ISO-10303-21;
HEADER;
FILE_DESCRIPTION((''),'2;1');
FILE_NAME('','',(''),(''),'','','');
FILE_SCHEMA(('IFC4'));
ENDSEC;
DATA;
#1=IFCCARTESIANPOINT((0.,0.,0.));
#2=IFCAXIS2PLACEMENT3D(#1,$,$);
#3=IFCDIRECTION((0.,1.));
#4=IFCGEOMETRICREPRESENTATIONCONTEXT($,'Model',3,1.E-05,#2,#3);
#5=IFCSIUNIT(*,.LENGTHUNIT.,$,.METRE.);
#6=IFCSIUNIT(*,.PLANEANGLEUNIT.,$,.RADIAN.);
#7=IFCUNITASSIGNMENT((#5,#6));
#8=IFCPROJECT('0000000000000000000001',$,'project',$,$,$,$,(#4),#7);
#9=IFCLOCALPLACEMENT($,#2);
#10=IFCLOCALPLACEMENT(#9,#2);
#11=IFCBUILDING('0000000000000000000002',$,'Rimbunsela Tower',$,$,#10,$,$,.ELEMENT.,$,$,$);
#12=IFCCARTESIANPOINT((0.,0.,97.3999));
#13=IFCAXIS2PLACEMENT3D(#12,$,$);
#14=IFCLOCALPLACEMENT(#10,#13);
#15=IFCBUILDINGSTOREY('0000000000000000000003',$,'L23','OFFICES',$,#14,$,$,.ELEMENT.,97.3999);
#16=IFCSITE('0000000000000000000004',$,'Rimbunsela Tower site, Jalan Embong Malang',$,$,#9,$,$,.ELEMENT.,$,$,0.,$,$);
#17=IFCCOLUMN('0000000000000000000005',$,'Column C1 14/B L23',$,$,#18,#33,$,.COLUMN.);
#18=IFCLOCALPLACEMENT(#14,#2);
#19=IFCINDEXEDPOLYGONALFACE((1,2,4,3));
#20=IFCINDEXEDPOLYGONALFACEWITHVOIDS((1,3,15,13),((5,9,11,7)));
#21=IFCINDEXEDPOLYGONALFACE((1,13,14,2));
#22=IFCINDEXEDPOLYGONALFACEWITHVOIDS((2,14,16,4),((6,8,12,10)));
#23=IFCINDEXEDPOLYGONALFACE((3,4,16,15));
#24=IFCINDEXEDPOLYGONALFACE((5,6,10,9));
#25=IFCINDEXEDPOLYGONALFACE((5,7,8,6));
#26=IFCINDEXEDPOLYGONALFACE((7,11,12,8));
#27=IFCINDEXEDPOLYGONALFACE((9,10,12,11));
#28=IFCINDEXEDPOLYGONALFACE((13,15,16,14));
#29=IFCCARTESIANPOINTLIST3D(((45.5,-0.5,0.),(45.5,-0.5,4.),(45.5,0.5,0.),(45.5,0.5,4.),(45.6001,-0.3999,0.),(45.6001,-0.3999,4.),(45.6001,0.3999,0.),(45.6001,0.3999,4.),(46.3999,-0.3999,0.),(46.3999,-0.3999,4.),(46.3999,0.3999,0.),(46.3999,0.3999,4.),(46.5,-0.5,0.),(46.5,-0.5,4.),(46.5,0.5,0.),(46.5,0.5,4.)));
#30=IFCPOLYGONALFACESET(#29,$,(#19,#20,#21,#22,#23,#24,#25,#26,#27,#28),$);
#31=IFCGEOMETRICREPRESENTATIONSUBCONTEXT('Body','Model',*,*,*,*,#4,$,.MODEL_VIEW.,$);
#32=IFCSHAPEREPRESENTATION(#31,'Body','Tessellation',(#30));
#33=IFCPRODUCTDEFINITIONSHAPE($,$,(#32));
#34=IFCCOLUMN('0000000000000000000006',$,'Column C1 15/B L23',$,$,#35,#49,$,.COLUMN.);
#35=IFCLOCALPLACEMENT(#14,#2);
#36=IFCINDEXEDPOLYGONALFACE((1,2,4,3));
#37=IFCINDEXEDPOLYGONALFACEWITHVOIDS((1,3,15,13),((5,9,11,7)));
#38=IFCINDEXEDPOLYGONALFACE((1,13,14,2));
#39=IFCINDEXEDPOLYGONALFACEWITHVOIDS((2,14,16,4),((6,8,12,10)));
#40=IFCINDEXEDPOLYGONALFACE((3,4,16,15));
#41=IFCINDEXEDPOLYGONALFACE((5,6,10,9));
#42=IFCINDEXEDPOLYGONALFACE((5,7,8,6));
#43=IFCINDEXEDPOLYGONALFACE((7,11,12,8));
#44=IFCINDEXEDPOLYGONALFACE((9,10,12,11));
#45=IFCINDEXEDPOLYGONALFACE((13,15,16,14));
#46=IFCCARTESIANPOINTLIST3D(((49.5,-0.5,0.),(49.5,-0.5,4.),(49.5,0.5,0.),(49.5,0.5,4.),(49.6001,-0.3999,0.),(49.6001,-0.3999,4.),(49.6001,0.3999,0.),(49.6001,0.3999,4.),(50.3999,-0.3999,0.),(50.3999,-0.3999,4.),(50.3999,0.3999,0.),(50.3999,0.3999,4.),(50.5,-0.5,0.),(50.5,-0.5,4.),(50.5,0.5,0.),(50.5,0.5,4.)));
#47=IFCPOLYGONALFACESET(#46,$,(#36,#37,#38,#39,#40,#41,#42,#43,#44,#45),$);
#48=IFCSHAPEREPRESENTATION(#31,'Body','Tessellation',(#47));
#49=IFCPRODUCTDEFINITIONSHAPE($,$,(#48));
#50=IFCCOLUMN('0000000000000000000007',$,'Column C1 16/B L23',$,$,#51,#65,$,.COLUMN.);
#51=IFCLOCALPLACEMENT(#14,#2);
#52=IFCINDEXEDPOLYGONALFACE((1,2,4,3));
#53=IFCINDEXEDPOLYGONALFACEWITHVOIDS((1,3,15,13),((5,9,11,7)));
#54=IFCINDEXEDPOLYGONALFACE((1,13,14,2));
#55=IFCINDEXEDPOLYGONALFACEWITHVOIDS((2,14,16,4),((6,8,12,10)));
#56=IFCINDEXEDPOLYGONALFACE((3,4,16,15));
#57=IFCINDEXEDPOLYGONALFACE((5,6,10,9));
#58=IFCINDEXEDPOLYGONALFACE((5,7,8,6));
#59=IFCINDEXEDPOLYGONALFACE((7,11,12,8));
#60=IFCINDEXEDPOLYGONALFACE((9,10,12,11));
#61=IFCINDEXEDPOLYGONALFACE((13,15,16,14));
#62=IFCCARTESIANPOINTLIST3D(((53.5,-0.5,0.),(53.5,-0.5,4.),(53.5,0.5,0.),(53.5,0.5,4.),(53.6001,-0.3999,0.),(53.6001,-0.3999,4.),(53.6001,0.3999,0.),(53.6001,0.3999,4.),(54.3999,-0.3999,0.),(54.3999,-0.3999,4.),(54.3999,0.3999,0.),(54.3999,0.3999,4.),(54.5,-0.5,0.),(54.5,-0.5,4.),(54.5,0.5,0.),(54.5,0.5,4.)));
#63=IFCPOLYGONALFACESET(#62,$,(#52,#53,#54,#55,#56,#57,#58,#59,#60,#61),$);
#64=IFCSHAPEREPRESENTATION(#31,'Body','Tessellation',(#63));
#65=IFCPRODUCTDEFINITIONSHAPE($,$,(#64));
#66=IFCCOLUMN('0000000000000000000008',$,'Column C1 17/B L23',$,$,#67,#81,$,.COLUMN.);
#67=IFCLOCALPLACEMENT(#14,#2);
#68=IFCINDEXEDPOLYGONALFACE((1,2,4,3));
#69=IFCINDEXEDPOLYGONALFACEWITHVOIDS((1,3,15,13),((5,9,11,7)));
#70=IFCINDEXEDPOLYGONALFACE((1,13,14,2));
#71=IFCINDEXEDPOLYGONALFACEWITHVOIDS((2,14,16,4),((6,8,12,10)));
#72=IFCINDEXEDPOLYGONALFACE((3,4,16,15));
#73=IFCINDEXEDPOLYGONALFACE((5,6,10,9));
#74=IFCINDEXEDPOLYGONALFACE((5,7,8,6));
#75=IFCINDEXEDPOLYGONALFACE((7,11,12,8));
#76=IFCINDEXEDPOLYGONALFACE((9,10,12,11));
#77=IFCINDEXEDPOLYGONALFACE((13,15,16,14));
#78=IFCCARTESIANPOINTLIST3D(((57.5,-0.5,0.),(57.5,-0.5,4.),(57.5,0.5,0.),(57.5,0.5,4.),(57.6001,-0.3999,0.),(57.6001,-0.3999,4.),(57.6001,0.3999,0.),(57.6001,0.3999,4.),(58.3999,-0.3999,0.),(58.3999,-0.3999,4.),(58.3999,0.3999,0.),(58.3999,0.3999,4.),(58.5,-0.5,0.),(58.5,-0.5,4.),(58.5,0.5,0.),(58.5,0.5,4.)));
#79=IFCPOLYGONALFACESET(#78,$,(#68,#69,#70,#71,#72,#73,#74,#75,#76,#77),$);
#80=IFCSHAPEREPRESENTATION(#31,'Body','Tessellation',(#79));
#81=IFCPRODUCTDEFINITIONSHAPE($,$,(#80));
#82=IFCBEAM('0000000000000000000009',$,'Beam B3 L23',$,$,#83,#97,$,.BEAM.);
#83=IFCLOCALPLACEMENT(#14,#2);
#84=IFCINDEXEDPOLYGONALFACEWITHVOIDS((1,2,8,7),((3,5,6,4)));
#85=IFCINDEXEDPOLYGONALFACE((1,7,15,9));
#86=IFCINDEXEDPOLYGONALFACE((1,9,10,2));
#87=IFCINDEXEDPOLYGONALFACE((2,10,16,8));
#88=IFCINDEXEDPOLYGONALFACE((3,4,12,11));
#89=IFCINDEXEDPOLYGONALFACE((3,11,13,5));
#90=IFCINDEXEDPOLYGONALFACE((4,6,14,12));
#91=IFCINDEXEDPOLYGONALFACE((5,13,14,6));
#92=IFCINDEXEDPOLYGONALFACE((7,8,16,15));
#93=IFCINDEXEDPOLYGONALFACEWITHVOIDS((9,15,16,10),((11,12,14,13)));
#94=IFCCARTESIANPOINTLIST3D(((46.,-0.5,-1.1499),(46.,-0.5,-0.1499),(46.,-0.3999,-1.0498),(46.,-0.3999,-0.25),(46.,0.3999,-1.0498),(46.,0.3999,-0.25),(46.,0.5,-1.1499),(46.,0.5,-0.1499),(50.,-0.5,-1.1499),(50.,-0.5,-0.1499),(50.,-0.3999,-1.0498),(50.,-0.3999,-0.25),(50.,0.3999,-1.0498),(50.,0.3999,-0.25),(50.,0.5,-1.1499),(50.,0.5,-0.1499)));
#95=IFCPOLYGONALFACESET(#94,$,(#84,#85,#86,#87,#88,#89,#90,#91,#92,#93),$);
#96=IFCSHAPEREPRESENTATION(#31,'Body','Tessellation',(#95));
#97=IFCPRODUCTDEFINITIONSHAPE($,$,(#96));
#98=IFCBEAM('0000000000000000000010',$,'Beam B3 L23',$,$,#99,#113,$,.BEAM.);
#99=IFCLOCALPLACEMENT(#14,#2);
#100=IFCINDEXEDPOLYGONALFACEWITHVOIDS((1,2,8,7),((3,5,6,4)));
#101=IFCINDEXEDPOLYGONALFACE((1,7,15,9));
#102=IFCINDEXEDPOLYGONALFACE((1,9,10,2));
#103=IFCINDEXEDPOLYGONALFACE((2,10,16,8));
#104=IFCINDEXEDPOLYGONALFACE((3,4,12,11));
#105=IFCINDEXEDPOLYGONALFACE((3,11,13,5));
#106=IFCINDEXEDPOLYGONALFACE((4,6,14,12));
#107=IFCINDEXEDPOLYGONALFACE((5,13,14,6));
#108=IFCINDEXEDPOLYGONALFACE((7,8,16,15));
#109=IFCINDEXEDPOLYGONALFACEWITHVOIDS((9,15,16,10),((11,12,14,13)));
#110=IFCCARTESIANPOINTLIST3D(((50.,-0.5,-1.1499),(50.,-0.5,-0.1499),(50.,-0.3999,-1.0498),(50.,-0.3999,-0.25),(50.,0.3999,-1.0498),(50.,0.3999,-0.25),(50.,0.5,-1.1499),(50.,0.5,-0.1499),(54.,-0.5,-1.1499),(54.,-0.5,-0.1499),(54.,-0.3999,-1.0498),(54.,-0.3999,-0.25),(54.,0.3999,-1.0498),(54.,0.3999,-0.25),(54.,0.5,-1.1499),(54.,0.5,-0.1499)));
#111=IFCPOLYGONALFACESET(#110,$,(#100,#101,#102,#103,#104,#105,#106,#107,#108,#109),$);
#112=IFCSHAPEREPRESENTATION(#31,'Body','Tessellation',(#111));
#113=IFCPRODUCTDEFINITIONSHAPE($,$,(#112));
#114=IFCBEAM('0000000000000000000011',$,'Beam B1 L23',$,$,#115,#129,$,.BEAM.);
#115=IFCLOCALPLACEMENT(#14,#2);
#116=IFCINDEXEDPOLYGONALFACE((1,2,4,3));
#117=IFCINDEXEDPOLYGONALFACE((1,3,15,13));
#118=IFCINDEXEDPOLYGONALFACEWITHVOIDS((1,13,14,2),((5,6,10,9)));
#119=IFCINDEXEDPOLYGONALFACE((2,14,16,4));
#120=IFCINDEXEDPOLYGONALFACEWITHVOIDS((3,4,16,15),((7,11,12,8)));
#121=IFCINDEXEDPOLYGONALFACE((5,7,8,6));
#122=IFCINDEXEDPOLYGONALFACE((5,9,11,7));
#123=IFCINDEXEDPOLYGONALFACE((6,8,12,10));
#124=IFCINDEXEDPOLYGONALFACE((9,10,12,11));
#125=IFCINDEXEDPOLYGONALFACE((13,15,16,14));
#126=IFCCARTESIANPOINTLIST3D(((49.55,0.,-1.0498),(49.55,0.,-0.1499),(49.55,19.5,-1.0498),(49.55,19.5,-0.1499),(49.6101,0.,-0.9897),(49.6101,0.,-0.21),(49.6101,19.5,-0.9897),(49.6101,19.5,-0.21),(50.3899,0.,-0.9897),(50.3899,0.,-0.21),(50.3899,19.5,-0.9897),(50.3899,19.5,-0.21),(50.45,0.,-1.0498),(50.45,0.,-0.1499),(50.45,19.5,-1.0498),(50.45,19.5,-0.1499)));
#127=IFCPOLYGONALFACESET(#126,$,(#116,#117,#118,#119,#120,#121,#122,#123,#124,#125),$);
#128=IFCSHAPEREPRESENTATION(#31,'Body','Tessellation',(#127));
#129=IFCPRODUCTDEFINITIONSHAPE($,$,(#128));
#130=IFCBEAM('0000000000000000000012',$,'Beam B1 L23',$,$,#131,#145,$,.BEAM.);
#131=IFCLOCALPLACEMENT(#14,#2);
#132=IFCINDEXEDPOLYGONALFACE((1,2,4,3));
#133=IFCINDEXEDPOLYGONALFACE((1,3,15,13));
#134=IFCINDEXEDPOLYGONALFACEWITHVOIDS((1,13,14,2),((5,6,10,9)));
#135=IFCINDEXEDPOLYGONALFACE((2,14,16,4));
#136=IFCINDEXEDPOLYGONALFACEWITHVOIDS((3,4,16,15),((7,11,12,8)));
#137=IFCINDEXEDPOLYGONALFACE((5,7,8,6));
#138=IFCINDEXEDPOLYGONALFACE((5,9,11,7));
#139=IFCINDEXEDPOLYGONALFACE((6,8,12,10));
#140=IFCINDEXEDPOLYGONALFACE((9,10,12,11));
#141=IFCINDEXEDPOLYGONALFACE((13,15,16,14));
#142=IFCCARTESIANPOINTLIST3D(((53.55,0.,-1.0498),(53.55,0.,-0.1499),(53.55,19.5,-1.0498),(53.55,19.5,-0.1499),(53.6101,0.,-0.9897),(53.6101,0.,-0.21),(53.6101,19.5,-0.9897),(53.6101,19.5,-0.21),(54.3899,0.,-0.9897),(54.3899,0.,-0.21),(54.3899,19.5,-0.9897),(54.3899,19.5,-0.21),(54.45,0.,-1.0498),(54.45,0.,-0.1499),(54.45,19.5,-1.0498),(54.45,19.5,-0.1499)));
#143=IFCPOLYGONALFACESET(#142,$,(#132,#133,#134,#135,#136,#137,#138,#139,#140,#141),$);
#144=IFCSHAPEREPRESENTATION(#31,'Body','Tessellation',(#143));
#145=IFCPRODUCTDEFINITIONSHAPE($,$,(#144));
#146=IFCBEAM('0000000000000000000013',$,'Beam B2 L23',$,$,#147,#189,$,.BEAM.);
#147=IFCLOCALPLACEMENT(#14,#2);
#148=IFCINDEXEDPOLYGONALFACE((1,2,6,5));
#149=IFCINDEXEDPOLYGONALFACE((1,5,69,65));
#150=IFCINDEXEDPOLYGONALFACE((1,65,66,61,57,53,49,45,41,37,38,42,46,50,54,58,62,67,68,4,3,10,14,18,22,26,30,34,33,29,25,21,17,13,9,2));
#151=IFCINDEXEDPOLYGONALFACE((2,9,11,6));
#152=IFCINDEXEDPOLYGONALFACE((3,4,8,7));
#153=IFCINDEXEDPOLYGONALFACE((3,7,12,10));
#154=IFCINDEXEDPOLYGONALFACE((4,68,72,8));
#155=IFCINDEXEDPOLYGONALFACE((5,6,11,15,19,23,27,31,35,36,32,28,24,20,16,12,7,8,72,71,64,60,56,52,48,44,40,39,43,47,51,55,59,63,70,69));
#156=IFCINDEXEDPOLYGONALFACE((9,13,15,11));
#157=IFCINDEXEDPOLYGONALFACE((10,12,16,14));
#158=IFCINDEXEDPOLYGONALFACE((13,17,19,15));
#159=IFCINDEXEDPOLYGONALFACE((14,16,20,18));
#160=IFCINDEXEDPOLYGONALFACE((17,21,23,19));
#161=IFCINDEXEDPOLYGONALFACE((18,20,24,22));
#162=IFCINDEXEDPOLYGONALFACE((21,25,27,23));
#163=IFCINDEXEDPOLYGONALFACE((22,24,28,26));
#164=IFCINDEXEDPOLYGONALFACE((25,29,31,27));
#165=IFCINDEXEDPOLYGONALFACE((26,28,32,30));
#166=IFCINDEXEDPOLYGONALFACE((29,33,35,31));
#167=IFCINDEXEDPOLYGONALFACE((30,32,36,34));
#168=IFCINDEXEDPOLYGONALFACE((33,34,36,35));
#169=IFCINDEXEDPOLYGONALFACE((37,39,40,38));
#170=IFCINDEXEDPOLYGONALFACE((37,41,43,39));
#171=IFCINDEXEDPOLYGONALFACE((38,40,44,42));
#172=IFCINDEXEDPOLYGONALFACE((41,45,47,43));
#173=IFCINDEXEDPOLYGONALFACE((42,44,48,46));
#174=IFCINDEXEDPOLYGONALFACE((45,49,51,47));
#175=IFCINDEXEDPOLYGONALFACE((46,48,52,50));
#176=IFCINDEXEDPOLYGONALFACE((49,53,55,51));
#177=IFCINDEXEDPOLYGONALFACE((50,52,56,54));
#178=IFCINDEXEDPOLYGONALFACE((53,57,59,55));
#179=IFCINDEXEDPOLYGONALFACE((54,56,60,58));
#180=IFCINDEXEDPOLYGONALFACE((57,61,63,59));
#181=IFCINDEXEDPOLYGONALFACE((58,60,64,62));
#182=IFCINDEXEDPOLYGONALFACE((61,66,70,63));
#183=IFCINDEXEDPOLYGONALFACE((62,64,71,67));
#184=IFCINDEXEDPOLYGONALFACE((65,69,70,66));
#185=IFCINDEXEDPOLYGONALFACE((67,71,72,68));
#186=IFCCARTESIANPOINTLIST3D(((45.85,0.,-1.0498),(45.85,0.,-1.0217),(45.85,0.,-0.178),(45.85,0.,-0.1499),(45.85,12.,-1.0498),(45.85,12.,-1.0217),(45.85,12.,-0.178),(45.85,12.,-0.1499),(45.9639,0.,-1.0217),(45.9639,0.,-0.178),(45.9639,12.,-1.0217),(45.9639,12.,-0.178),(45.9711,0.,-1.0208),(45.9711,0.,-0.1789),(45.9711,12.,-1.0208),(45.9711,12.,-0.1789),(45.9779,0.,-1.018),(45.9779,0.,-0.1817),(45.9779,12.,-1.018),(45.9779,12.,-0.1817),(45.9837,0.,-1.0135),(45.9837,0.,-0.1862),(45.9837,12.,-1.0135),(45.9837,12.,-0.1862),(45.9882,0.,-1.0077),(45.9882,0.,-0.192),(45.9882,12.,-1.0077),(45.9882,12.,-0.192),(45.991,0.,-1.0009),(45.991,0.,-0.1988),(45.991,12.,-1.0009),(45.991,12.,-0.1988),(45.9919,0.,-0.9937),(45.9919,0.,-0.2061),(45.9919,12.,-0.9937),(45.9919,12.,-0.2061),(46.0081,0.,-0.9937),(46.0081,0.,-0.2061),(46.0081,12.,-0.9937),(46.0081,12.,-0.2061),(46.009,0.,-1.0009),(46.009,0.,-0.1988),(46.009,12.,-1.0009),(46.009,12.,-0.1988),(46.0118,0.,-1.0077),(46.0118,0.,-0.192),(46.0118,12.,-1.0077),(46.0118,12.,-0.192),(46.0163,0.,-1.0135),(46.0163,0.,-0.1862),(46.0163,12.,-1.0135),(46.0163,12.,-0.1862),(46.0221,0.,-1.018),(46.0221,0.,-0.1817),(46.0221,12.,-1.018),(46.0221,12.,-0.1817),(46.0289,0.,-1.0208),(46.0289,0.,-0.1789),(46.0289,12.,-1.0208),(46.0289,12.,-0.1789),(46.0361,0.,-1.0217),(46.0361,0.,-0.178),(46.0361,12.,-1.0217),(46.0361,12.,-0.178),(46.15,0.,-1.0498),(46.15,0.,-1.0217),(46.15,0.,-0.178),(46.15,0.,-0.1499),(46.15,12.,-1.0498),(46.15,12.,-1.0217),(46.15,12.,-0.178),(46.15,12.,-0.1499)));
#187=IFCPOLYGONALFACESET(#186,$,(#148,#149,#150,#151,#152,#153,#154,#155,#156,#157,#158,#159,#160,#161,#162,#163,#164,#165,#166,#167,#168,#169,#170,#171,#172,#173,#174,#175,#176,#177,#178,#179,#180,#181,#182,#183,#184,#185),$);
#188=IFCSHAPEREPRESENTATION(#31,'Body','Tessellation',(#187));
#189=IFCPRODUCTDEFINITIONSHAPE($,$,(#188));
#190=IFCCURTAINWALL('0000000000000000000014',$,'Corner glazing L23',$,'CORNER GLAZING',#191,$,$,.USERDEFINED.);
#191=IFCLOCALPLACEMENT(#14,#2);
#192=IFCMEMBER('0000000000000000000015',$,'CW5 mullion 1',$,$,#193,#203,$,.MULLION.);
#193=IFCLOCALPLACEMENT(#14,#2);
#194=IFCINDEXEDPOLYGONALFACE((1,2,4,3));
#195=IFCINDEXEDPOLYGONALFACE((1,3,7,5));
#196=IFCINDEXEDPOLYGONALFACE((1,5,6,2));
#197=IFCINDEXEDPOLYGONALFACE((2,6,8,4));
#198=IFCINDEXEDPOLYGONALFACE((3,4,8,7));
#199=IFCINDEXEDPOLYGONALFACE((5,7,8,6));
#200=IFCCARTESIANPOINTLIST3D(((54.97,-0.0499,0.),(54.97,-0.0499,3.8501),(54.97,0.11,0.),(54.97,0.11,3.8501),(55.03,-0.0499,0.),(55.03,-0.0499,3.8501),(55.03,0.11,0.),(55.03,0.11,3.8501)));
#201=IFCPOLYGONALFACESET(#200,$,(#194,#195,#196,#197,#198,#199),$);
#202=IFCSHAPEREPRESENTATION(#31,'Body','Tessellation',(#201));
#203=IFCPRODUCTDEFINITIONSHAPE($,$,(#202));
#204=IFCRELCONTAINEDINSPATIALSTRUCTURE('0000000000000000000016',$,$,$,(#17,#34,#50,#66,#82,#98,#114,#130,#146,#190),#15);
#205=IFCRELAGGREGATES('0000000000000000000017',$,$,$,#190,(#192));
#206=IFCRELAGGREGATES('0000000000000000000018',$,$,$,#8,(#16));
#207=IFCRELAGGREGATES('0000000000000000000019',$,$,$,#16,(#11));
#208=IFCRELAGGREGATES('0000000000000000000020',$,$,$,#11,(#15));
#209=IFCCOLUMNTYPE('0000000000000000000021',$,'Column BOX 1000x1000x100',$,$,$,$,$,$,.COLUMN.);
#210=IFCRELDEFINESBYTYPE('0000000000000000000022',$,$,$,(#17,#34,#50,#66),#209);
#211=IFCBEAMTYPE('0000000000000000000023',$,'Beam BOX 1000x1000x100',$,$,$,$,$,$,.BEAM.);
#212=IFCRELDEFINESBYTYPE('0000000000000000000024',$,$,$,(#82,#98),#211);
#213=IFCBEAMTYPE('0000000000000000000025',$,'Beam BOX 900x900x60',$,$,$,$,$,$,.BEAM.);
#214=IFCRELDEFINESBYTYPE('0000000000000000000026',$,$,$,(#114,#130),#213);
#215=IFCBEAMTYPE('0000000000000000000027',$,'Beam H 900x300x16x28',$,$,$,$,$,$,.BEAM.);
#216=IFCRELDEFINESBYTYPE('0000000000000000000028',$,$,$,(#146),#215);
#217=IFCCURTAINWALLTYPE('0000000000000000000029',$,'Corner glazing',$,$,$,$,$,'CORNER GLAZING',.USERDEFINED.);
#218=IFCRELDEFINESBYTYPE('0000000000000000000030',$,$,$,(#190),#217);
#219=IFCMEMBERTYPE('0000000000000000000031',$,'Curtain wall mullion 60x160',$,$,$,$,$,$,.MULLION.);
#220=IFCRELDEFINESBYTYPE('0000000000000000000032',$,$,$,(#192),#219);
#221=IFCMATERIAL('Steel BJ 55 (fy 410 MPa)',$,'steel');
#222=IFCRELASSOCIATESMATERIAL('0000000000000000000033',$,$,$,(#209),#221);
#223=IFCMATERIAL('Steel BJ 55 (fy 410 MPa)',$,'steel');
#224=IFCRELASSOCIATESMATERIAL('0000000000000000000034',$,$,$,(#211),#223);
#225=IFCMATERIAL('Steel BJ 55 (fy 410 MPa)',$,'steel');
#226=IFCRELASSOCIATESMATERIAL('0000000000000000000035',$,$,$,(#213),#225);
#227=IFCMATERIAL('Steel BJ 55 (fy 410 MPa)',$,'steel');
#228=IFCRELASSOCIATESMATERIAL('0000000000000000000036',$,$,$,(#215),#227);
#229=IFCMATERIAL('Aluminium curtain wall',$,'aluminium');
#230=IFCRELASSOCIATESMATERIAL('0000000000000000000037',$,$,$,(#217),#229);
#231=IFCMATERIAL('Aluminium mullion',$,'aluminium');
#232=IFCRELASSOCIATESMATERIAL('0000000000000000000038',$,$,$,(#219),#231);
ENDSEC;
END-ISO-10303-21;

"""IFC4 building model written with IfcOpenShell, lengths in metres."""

from ifc_helpers import new_model, si_unit, direction, frame, origin, origin_2d, place, context, subcontext, project, spatial, rectangle, hollow_rectangle, i_section, extrude, material, material_profile, profile_set, type_object, element, aggregate, save


model = new_model("IFC4")

# Units and contexts
model_context = context("Model", 3, precision=1e-05, world=origin(), true_north=direction((0.0, 1.0)))
body_context = subcontext(model_context, "Body", "Model", "MODEL_VIEW")
ifc_project = project(units=[si_unit("LENGTHUNIT", "METRE"), si_unit("PLANEANGLEUNIT", "RADIAN")], contexts=[model_context])

# Site, building, storey
site_placement = place(None, origin())
site = spatial("IfcSite", under=ifc_project, at=site_placement, Name="Rimbunsela Tower site, Jalan Embong Malang", CompositionType="ELEMENT", RefElevation=0.0)
building_placement = place(site_placement, origin())
building = spatial("IfcBuilding", under=site, at=building_placement, Name="Rimbunsela Tower", CompositionType="ELEMENT")
storey_placement = place(building_placement, frame((0.0, 0.0, 97.3999)))
storey = spatial("IfcBuildingStorey", under=building, at=storey_placement, Name="L23", Description="OFFICES", CompositionType="ELEMENT", Elevation=97.3999)

# Columns
ifc_material_1 = material(Name="Steel BJ 55 (fy 410 MPa)", Category="steel")
ifc_material_profile_1 = material_profile(ifc_material_1, hollow_rectangle(XDim=1.0, YDim=1.0, WallThickness=0.1001, at=origin_2d()), Name="BOX 1000x1000x100")
ifc_profile_set_1 = profile_set([ifc_material_profile_1], Name="Steel BJ 55 (fy 410 MPa)")
column_type = type_object("IfcColumnType", Name="Column BOX 1000x1000x100", PredefinedType="COLUMN", material=ifc_profile_set_1)
for number, where, z_axis, x_axis, name in (
    (1, (46.0, 0.0, 0.0), (0.0, 0.0, 1.0), (1.0, 0.0, 0.0), "Column C1 14/B L23"),
    (2, (50.0, 0.0, 0.0), (0.0, 0.0, 1.0), (1.0, 0.0, 0.0), "Column C1 15/B L23"),
    (3, (54.0, 0.0, 0.0), (0.0, 0.0, 1.0), (1.0, 0.0, 0.0), "Column C1 16/B L23"),
    (4, (58.0, 0.0, 0.0), (0.0, 0.0, 1.0), (1.0, 0.0, 0.0), "Column C1 17/B L23"),
):
    element("IfcColumn", number, at=place(storey_placement, frame(where, z_axis=z_axis, x_axis=x_axis)), inside=storey, type_object=column_type, Name=name, PredefinedType="COLUMN", context=body_context, shape_type="SweptSolid", body=[
        extrude(hollow_rectangle(XDim=1.0, YDim=1.0, WallThickness=0.1001, at=origin_2d()), origin(), (0.0, 0.0, 1.0), 4.0),
    ])

# Beams
ifc_material_2 = material(Name="Steel BJ 55 (fy 410 MPa)", Category="steel")
ifc_material_profile_2 = material_profile(ifc_material_2, hollow_rectangle(XDim=1.0, YDim=1.0, WallThickness=0.1001, at=origin_2d()), Name="BOX 1000x1000x100")
ifc_profile_set_2 = profile_set([ifc_material_profile_2], Name="Steel BJ 55 (fy 410 MPa)")
beam_type_1 = type_object("IfcBeamType", Name="Beam BOX 1000x1000x100", PredefinedType="BEAM", material=ifc_profile_set_2)
for number, where, z_axis, x_axis, name in (
    (5, (46.0, 0.0, -0.6499), (1.0, 0.0, 0.0), (0.0, 1.0, 0.0), "Beam B3 L23"),
    (6, (50.0, 0.0, -0.6499), (1.0, 0.0, 0.0), (0.0, 1.0, 0.0), "Beam B3 L23"),
):
    element("IfcBeam", number, at=place(storey_placement, frame(where, z_axis=z_axis, x_axis=x_axis)), inside=storey, type_object=beam_type_1, Name=name, PredefinedType="BEAM", context=body_context, shape_type="SweptSolid", body=[
        extrude(hollow_rectangle(XDim=1.0, YDim=1.0, WallThickness=0.1001, at=origin_2d()), origin(), (0.0, 0.0, 1.0), 4.0),
    ])
ifc_material_3 = material(Name="Steel BJ 55 (fy 410 MPa)", Category="steel")
ifc_material_profile_3 = material_profile(ifc_material_3, hollow_rectangle(XDim=0.8999, YDim=0.8999, WallThickness=0.0601, at=origin_2d()), Name="BOX 900x900x60")
ifc_profile_set_3 = profile_set([ifc_material_profile_3], Name="Steel BJ 55 (fy 410 MPa)")
beam_type_2 = type_object("IfcBeamType", Name="Beam BOX 900x900x60", PredefinedType="BEAM", material=ifc_profile_set_3)
for number, where, z_axis, x_axis, name in (
    (7, (50.0, 0.0, -0.5999), (0.0, 1.0, 0.0), (-1.0, 0.0, 0.0), "Beam B1 L23"),
    (8, (54.0, 0.0, -0.5999), (0.0, 1.0, 0.0), (-1.0, 0.0, 0.0), "Beam B1 L23"),
):
    element("IfcBeam", number, at=place(storey_placement, frame(where, z_axis=z_axis, x_axis=x_axis)), inside=storey, type_object=beam_type_2, Name=name, PredefinedType="BEAM", context=body_context, shape_type="SweptSolid", body=[
        extrude(hollow_rectangle(XDim=0.8999, YDim=0.8999, WallThickness=0.0601, at=origin_2d()), origin(), (0.0, 0.0, 1.0), 19.5),
    ])
ifc_material_4 = material(Name="Steel BJ 55 (fy 410 MPa)", Category="steel")
ifc_material_profile_4 = material_profile(ifc_material_4, i_section(OverallWidth=0.3, OverallDepth=0.8999, WebThickness=0.0161, FlangeThickness=0.0281, FilletRadius=0.0281, at=origin_2d()), Name="H 900x300x16x28")
ifc_profile_set_4 = profile_set([ifc_material_profile_4], Name="Steel BJ 55 (fy 410 MPa)")
beam_type_3 = type_object("IfcBeamType", Name="Beam H 900x300x16x28", PredefinedType="BEAM", material=ifc_profile_set_4)
beam_placement = place(storey_placement, frame((46.0, 0.0, -0.5999), z_axis=(0.0, 1.0, 0.0), x_axis=(-1.0, 0.0, 0.0)))
element("IfcBeam", 9, at=beam_placement, inside=storey, type_object=beam_type_3, Name="Beam B2 L23", PredefinedType="BEAM", context=body_context, shape_type="SweptSolid", body=[
    extrude(i_section(OverallWidth=0.3, OverallDepth=0.8999, WebThickness=0.0161, FlangeThickness=0.0281, FilletRadius=0.0281, at=origin_2d()), origin(), (0.0, 0.0, 1.0), 12.0),
])

# Curtain wall, member
ifc_material_5 = material(Name="Aluminium curtain wall", Category="aluminium")
curtain_wall_type = type_object("IfcCurtainWallType", Name="Corner glazing", ElementType="CORNER GLAZING", PredefinedType="USERDEFINED", material=ifc_material_5)
curtain_wall_1_placement = place(storey_placement, origin())
curtain_wall_1 = element("IfcCurtainWall", 10, at=curtain_wall_1_placement, inside=storey, type_object=curtain_wall_type, Name="Corner glazing L23", ObjectType="CORNER GLAZING", PredefinedType="USERDEFINED")
ifc_material_6 = material(Name="Aluminium mullion", Category="aluminium")
ifc_material_profile_5 = material_profile(ifc_material_6, rectangle(XDim=0.0601, YDim=0.1599, at=origin_2d()), Name="Mullion 60x160")
ifc_profile_set_5 = profile_set([ifc_material_profile_5], Name="Aluminium mullion")
member_type_1 = type_object("IfcMemberType", Name="Curtain wall mullion 60x160", PredefinedType="MULLION", material=ifc_profile_set_5)
member_1_placement = place(storey_placement, frame((55.0, 0.03, 0.0), z_axis=(0.0, 0.0, 1.0), x_axis=(-1.0, 0.0, 0.0)))
member_1 = element("IfcMember", 11, at=member_1_placement, type_object=member_type_1, Name="CW5 mullion 1", PredefinedType="MULLION", context=body_context, shape_type="SweptSolid", body=[
    extrude(rectangle(XDim=0.0601, YDim=0.1599, at=origin_2d()), origin(), (0.0, 0.0, 1.0), 3.8501),
])

aggregate(curtain_wall_1, [member_1])

save(model, "model.ifc")
